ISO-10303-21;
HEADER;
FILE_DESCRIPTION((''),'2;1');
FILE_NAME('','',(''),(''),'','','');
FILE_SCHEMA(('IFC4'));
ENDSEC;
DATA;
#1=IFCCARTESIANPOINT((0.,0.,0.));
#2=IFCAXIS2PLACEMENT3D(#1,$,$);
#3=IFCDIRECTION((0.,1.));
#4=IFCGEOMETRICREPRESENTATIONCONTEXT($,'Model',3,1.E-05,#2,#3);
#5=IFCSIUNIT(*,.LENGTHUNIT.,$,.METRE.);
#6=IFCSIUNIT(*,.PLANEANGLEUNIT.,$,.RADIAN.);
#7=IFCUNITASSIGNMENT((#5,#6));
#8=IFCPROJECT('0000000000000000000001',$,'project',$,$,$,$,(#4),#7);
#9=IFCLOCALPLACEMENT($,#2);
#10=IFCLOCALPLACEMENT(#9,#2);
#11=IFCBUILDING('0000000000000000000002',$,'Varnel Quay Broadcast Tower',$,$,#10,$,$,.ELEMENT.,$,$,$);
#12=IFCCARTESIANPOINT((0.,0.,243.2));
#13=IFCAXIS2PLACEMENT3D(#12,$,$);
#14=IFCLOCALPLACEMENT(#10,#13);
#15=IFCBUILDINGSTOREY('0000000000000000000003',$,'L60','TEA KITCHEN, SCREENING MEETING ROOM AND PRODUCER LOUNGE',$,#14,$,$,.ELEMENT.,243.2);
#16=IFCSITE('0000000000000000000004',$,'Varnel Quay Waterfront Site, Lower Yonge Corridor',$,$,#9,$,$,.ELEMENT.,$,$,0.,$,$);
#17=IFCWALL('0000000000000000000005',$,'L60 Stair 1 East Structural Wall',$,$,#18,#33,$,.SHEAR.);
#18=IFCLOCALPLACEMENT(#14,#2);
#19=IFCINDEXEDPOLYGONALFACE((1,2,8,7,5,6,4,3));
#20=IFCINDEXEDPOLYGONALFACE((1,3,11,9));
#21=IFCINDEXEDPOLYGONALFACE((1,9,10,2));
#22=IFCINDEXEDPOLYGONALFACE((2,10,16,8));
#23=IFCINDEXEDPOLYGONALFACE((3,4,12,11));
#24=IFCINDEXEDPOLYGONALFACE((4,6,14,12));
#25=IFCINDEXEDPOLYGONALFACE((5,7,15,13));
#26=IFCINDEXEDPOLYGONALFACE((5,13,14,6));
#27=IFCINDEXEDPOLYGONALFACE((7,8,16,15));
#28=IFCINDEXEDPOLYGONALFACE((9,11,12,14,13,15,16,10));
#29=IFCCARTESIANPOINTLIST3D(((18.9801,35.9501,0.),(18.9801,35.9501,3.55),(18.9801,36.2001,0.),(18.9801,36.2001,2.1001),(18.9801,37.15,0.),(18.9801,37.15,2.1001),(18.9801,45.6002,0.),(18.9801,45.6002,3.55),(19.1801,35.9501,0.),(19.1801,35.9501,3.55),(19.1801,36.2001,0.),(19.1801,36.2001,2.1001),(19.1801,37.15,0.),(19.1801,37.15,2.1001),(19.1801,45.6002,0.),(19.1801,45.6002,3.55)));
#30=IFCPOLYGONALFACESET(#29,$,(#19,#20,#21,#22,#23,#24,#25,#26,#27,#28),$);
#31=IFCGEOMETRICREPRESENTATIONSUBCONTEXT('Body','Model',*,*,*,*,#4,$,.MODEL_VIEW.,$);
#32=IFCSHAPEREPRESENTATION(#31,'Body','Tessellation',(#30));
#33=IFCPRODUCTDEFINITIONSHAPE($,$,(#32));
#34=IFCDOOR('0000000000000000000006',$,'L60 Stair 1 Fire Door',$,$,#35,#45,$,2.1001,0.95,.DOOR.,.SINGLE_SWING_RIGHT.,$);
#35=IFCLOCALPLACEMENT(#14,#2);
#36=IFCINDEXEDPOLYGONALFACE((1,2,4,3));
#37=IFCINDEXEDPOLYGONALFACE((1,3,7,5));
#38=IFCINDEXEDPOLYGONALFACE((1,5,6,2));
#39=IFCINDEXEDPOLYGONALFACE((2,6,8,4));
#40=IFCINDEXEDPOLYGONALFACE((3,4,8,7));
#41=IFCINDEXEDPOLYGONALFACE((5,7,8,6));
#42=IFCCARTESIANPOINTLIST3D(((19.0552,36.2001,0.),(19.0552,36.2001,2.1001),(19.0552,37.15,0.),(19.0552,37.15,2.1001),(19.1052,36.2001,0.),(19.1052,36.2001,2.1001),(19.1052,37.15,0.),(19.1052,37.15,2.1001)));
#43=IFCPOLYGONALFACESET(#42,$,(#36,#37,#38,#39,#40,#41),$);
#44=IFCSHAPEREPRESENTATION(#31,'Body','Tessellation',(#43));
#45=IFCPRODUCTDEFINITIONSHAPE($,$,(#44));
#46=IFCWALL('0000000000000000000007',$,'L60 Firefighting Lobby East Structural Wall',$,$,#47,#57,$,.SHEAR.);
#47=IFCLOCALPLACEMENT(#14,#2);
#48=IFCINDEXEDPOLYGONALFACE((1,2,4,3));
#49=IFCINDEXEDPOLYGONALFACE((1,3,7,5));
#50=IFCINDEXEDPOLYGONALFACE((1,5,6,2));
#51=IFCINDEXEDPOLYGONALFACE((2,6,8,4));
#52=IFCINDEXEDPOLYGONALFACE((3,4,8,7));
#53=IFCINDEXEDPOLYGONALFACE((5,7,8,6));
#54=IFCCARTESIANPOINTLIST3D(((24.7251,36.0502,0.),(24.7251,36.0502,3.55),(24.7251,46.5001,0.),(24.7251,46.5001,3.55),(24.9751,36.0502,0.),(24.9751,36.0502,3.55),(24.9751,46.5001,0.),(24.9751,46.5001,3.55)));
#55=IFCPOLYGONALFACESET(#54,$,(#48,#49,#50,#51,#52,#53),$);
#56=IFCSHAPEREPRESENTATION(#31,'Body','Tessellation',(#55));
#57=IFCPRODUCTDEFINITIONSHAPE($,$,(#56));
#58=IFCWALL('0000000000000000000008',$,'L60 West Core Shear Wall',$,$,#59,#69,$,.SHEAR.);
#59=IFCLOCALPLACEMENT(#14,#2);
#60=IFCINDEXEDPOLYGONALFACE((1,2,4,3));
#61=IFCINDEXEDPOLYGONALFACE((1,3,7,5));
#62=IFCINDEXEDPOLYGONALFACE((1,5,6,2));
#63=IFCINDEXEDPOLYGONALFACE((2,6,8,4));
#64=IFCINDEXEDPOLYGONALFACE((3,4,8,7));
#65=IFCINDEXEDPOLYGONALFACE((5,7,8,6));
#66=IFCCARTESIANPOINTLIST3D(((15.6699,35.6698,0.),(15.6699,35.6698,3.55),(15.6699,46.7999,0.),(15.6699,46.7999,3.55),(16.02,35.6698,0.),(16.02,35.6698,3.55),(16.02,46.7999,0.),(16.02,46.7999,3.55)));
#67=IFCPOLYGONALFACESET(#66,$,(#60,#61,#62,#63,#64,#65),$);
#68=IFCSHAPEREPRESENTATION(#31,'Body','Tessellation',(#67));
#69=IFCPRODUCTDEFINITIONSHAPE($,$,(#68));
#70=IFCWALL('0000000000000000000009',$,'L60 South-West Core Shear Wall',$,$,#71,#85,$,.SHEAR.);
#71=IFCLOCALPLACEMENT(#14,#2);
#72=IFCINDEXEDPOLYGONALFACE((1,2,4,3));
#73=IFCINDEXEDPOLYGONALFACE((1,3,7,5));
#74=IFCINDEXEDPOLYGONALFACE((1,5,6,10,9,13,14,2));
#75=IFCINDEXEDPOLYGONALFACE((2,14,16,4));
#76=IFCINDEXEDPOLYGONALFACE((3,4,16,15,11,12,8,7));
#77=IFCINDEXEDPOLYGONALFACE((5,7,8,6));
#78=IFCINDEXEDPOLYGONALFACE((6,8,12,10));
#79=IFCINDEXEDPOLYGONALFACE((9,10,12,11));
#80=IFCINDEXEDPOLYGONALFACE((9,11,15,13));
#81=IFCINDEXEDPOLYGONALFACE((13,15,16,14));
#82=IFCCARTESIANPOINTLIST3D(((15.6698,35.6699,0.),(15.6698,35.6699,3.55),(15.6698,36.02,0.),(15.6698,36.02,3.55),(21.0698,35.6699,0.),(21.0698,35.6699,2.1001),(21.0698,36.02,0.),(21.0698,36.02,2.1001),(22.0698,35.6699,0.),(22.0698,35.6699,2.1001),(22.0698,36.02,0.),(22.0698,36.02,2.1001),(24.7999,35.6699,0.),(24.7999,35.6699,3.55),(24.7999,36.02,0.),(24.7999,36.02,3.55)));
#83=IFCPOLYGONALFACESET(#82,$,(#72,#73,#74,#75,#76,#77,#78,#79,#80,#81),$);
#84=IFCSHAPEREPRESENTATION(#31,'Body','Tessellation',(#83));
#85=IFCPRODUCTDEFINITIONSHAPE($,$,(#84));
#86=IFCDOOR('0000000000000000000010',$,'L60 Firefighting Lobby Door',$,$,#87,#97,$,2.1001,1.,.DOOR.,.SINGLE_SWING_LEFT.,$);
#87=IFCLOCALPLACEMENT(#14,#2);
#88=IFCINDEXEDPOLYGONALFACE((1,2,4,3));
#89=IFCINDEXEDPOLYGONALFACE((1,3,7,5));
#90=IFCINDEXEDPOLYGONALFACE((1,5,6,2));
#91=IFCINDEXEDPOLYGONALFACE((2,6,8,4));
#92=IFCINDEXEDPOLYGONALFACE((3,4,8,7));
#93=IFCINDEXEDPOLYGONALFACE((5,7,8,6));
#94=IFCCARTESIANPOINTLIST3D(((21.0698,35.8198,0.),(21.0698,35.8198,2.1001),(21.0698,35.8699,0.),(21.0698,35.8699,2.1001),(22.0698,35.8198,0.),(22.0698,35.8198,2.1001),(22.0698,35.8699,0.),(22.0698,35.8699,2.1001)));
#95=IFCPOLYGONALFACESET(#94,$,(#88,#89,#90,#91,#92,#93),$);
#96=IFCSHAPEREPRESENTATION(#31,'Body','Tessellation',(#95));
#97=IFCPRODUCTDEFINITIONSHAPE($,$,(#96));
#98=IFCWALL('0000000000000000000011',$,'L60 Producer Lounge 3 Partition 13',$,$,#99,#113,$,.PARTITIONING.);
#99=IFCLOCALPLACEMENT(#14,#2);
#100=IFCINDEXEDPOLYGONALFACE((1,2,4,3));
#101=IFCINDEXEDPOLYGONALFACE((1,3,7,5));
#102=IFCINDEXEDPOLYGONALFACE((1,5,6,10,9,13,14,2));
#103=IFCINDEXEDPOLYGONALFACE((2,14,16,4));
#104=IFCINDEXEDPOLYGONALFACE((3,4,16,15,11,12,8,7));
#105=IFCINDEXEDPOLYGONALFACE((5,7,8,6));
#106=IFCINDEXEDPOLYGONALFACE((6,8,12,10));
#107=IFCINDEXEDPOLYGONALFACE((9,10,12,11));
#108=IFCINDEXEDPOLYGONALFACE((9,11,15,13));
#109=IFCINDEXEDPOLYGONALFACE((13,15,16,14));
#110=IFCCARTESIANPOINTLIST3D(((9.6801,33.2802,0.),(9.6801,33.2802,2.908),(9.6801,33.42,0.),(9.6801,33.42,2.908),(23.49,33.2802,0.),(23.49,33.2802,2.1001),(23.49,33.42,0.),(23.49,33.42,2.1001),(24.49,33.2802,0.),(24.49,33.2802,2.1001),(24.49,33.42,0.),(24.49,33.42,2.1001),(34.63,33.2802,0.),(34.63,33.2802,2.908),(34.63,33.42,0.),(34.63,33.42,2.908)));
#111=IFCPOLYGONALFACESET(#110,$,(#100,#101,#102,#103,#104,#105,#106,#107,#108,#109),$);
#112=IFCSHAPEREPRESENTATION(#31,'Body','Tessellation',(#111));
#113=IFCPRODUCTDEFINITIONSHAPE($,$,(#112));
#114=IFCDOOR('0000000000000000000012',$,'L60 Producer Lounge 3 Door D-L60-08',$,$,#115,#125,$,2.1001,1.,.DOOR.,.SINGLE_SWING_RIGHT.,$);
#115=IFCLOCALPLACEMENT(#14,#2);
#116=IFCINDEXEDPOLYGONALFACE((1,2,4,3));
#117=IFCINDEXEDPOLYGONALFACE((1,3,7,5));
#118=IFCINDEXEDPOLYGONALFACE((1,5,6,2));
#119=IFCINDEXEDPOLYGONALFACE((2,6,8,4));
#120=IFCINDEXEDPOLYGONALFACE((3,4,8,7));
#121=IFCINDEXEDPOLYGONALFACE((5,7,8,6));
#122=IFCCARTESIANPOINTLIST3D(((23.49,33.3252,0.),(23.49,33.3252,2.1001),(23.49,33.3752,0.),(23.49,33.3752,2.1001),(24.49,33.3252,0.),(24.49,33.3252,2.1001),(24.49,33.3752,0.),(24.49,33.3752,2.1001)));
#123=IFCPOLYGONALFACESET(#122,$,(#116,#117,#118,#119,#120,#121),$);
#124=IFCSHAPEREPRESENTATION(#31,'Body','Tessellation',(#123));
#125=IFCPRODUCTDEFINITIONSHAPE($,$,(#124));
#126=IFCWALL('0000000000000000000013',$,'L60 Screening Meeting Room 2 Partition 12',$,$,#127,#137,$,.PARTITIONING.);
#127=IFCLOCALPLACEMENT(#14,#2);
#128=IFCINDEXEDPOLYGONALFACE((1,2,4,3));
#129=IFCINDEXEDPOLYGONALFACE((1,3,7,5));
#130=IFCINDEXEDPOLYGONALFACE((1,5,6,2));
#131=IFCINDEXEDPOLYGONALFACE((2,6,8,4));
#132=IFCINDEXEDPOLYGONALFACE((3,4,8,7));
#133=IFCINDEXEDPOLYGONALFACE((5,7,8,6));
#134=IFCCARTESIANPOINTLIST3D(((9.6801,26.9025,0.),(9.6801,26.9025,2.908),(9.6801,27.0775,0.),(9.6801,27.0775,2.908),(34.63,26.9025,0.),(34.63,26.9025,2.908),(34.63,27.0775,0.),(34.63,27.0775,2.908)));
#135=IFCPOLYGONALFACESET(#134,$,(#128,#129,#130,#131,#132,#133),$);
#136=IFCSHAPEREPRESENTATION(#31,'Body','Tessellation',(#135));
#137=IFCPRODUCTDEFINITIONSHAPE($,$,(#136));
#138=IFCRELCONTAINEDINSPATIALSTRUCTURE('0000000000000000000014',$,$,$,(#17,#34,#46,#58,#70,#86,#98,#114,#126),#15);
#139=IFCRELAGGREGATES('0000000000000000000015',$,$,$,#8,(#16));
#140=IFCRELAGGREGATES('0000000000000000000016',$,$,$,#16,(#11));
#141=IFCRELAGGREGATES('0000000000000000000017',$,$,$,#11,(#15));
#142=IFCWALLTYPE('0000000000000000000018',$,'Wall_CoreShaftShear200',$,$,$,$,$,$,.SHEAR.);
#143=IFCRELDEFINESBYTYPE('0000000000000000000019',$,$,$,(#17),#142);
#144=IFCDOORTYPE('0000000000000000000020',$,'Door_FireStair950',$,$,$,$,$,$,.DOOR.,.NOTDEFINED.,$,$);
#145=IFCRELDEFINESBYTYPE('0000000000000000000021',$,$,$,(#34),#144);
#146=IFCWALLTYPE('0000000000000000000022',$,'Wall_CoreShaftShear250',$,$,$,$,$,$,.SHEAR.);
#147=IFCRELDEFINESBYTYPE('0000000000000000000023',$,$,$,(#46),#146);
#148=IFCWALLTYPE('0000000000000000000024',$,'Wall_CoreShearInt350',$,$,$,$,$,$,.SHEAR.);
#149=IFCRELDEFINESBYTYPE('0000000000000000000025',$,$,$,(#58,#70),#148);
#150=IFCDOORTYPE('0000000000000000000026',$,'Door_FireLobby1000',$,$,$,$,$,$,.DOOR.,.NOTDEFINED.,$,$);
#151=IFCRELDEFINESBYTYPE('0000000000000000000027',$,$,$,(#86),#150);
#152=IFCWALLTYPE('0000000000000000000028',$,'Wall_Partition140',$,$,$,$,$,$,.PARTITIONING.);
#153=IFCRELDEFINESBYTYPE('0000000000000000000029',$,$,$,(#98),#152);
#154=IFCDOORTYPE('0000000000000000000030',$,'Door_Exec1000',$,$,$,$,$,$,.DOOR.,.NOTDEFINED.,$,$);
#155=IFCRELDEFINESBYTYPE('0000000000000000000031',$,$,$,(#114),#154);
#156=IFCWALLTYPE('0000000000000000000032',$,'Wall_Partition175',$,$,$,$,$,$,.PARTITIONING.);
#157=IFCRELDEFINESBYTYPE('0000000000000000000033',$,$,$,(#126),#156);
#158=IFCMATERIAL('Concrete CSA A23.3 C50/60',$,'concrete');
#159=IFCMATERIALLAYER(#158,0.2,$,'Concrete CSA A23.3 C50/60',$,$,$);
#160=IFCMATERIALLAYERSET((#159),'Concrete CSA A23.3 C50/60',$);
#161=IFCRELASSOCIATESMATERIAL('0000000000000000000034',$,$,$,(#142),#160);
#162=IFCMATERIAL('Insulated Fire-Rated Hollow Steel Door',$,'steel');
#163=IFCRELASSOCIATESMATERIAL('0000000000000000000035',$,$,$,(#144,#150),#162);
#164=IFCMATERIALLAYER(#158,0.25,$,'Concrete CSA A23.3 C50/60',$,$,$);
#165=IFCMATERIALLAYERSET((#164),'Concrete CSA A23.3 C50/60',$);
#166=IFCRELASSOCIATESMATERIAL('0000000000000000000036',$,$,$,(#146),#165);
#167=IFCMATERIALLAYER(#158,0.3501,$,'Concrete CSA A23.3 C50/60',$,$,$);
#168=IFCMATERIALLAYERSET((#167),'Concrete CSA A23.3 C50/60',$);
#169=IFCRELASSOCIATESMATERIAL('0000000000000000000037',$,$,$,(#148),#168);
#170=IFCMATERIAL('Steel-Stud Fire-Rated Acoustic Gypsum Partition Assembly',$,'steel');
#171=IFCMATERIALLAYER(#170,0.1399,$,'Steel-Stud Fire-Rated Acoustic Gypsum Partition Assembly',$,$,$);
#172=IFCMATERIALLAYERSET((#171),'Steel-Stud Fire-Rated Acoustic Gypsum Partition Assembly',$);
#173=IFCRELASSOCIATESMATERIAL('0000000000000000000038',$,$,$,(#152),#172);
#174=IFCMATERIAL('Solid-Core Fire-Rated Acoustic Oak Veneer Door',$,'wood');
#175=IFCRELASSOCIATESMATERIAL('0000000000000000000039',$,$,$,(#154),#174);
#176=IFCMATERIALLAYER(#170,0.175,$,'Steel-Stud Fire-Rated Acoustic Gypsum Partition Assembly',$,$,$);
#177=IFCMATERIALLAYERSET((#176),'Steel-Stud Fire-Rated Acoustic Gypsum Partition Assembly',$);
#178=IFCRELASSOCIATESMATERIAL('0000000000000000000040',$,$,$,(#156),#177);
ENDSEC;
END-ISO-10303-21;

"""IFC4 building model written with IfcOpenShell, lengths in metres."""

from ifc_helpers import new_model, si_unit, direction, frame, frame_2d, origin, place, context, subcontext, project, spatial, rectangle, extrude, source, transform, mapped, material, layer, layer_set, type_object, type_shapes, element, fill, save


model = new_model("IFC4")

# Units and contexts
model_context = context("Model", 3, precision=1e-05, world=origin(), true_north=direction((0.0, 1.0)))
body_context = subcontext(model_context, "Body", "Model", "MODEL_VIEW")
ifc_project = project(units=[si_unit("LENGTHUNIT", "METRE"), si_unit("PLANEANGLEUNIT", "RADIAN")], contexts=[model_context])

# Site, building, storey
site_placement = place(None, origin())
site = spatial("IfcSite", under=ifc_project, at=site_placement, Name="Varnel Quay Waterfront Site, Lower Yonge Corridor", CompositionType="ELEMENT", RefElevation=0.0)
building_placement = place(site_placement, origin())
building = spatial("IfcBuilding", under=site, at=building_placement, Name="Varnel Quay Broadcast Tower", CompositionType="ELEMENT")
storey_placement = place(building_placement, frame((0.0, 0.0, 243.2)))
storey = spatial("IfcBuildingStorey", under=building, at=storey_placement, Name="L60", Description="TEA KITCHEN, SCREENING MEETING ROOM AND PRODUCER LOUNGE", CompositionType="ELEMENT", Elevation=243.2)

# Shared definitions
ifc_material_1 = material(Name="Concrete CSA A23.3 C50/60", Category="concrete")

# Wall, opening, door
ifc_layer_1 = layer(ifc_material_1, 0.2, Name="Concrete CSA A23.3 C50/60")
ifc_layer_set_1 = layer_set([ifc_layer_1], Name="Concrete CSA A23.3 C50/60")
wall_type_1 = type_object("IfcWallType", Name="Wall_CoreShaftShear200", PredefinedType="SHEAR", material=ifc_layer_set_1)
wall_1_placement = place(storey_placement, frame((19.0801, 35.95, 0.0), z_axis=(0.0, 0.0, 1.0), x_axis=(0.0, 1.0, 0.0)))
wall_1 = element("IfcWall", 1, at=wall_1_placement, inside=storey, type_object=wall_type_1, Name="L60 Stair 1 East Structural Wall", PredefinedType="SHEAR", context=body_context, shape_type="SweptSolid", body=[
    extrude(rectangle(XDim=9.6501, YDim=0.2, at=frame_2d((4.8252, 0.0))), origin(), (0.0, 0.0, 1.0), 3.55),
])
opening_1_placement = place(wall_1_placement, frame((0.25, 0.0, 0.0)))
opening_1 = element("IfcOpeningElement", 2, at=opening_1_placement, cuts=wall_1, PredefinedType="OPENING", context=body_context, shape_type="SweptSolid", body=[
    extrude(rectangle(XDim=0.95, YDim=2.1001, at=frame_2d((0.4751, 1.05))), frame((0.0, 0.1099, 0.0), z_axis=(0.0, -1.0, 0.0), x_axis=(1.0, 0.0, 0.0)), (0.0, 0.0, 1.0), 0.22),
])
ifc_material_2 = material(Name="Insulated Fire-Rated Hollow Steel Door", Category="steel")
door_type_1 = type_object("IfcDoorType", Name="Door_FireStair950", OperationType="NOTDEFINED", PredefinedType="DOOR", material=ifc_material_2)
shared_shape_1 = source(origin(), body_context, "Body", "SweptSolid", [
    extrude(rectangle(XDim=0.95, YDim=2.1001, at=frame_2d((0.4751, 1.05))), frame((0.0, 0.0249, 0.0), z_axis=(0.0, -1.0, 0.0), x_axis=(1.0, 0.0, 0.0)), (0.0, 0.0, 1.0), 0.05),
])
type_shapes(door_type_1, [shared_shape_1])
door_1_placement = place(opening_1_placement, origin())
door_1 = element("IfcDoor", 3, at=door_1_placement, inside=storey, type_object=door_type_1, Name="L60 Stair 1 Fire Door", OperationType="SINGLE_SWING_RIGHT", OverallHeight=2.1001, OverallWidth=0.95, PredefinedType="DOOR", context=body_context, shape_type="MappedRepresentation", body=[
    mapped(shared_shape_1, transform((0.0, 0.0, 0.0), x_axis=(1.0, 0.0, 0.0), y_axis=(0.0, 1.0, 0.0), z_axis=(0.0, 0.0, 1.0), scale=1.0)),
])
fill(opening_1, door_1)

# Walls
ifc_layer_2 = layer(ifc_material_1, 0.25, Name="Concrete CSA A23.3 C50/60")
ifc_layer_set_2 = layer_set([ifc_layer_2], Name="Concrete CSA A23.3 C50/60")
wall_type_2 = type_object("IfcWallType", Name="Wall_CoreShaftShear250", PredefinedType="SHEAR", material=ifc_layer_set_2)
wall_2_placement = place(storey_placement, frame((24.8501, 36.05, 0.0), z_axis=(0.0, 0.0, 1.0), x_axis=(0.0, 1.0, 0.0)))
element("IfcWall", 4, at=wall_2_placement, inside=storey, type_object=wall_type_2, Name="L60 Firefighting Lobby East Structural Wall", PredefinedType="SHEAR", context=body_context, shape_type="SweptSolid", body=[
    extrude(rectangle(XDim=10.45, YDim=0.25, at=frame_2d((5.2251, 0.0))), origin(), (0.0, 0.0, 1.0), 3.55),
])
ifc_layer_3 = layer(ifc_material_1, 0.3501, Name="Concrete CSA A23.3 C50/60")
ifc_layer_set_3 = layer_set([ifc_layer_3], Name="Concrete CSA A23.3 C50/60")
wall_type_3 = type_object("IfcWallType", Name="Wall_CoreShearInt350", PredefinedType="SHEAR", material=ifc_layer_set_3)
wall_3_placement = place(storey_placement, frame((15.845, 35.6699, 0.0), z_axis=(0.0, 0.0, 1.0), x_axis=(0.0, 1.0, 0.0)))
element("IfcWall", 5, at=wall_3_placement, inside=storey, type_object=wall_type_3, Name="L60 West Core Shear Wall", PredefinedType="SHEAR", context=body_context, shape_type="SweptSolid", body=[
    extrude(rectangle(XDim=11.1301, YDim=0.3501, at=frame_2d((5.5649, 0.0))), origin(), (0.0, 0.0, 1.0), 3.55),
])

# Walls, openings, doors
wall_4_placement = place(storey_placement, frame((15.6699, 35.845, 0.0), z_axis=(0.0, 0.0, 1.0), x_axis=(1.0, 0.0, 0.0)))
wall_4 = element("IfcWall", 6, at=wall_4_placement, inside=storey, type_object=wall_type_3, Name="L60 South-West Core Shear Wall", PredefinedType="SHEAR", context=body_context, shape_type="SweptSolid", body=[
    extrude(rectangle(XDim=9.1301, YDim=0.3501, at=frame_2d((4.5649, 0.0))), origin(), (0.0, 0.0, 1.0), 3.55),
])
opening_2_placement = place(wall_4_placement, frame((5.3999, 0.0, 0.0)))
opening_2 = element("IfcOpeningElement", 7, at=opening_2_placement, cuts=wall_4, PredefinedType="OPENING", context=body_context, shape_type="SweptSolid", body=[
    extrude(rectangle(XDim=1.0, YDim=2.1001, at=frame_2d((0.5, 1.05))), frame((0.0, 0.1851, 0.0), z_axis=(0.0, -1.0, 0.0), x_axis=(1.0, 0.0, 0.0)), (0.0, 0.0, 1.0), 0.3701),
])
door_type_2 = type_object("IfcDoorType", Name="Door_FireLobby1000", OperationType="NOTDEFINED", PredefinedType="DOOR", material=ifc_material_2)
shared_shape_2 = source(origin(), body_context, "Body", "SweptSolid", [
    extrude(rectangle(XDim=1.0, YDim=2.1001, at=frame_2d((0.5, 1.05))), frame((0.0, 0.0249, 0.0), z_axis=(0.0, -1.0, 0.0), x_axis=(1.0, 0.0, 0.0)), (0.0, 0.0, 1.0), 0.05),
])
type_shapes(door_type_2, [shared_shape_2])
door_2_placement = place(opening_2_placement, origin())
door_2 = element("IfcDoor", 8, at=door_2_placement, inside=storey, type_object=door_type_2, Name="L60 Firefighting Lobby Door", OperationType="SINGLE_SWING_LEFT", OverallHeight=2.1001, OverallWidth=1.0, PredefinedType="DOOR", context=body_context, shape_type="MappedRepresentation", body=[
    mapped(shared_shape_2, transform((0.0, 0.0, 0.0), x_axis=(1.0, 0.0, 0.0), y_axis=(0.0, 1.0, 0.0), z_axis=(0.0, 0.0, 1.0), scale=1.0)),
])
fill(opening_2, door_2)
ifc_material_3 = material(Name="Steel-Stud Fire-Rated Acoustic Gypsum Partition Assembly", Category="steel")
ifc_layer_4 = layer(ifc_material_3, 0.1399, Name="Steel-Stud Fire-Rated Acoustic Gypsum Partition Assembly")
ifc_layer_set_4 = layer_set([ifc_layer_4], Name="Steel-Stud Fire-Rated Acoustic Gypsum Partition Assembly")
wall_type_4 = type_object("IfcWallType", Name="Wall_Partition140", PredefinedType="PARTITIONING", material=ifc_layer_set_4)
wall_5_placement = place(storey_placement, frame((9.6799, 33.3501, 0.0), z_axis=(0.0, 0.0, 1.0), x_axis=(1.0, 0.0, 0.0)))
wall_5 = element("IfcWall", 9, at=wall_5_placement, inside=storey, type_object=wall_type_4, Name="L60 Producer Lounge 3 Partition 13", PredefinedType="PARTITIONING", context=body_context, shape_type="SweptSolid", body=[
    extrude(rectangle(XDim=24.95, YDim=0.1399, at=frame_2d((12.4751, 0.0))), origin(), (0.0, 0.0, 1.0), 2.908),
])
opening_3_placement = place(wall_5_placement, frame((13.8101, 0.0, 0.0)))
opening_3 = element("IfcOpeningElement", 10, at=opening_3_placement, cuts=wall_5, PredefinedType="OPENING", context=body_context, shape_type="SweptSolid", body=[
    extrude(rectangle(XDim=1.0, YDim=2.1001, at=frame_2d((0.5, 1.05))), frame((0.0, 0.0801, 0.0), z_axis=(0.0, -1.0, 0.0), x_axis=(1.0, 0.0, 0.0)), (0.0, 0.0, 1.0), 0.1599),
])
ifc_material_4 = material(Name="Solid-Core Fire-Rated Acoustic Oak Veneer Door", Category="wood")
door_type_3 = type_object("IfcDoorType", Name="Door_Exec1000", OperationType="NOTDEFINED", PredefinedType="DOOR", material=ifc_material_4)
shared_shape_3 = source(origin(), body_context, "Body", "SweptSolid", [
    extrude(rectangle(XDim=1.0, YDim=2.1001, at=frame_2d((0.5, 1.05))), frame((0.0, 0.0249, 0.0), z_axis=(0.0, -1.0, 0.0), x_axis=(1.0, 0.0, 0.0)), (0.0, 0.0, 1.0), 0.05),
])
type_shapes(door_type_3, [shared_shape_3])
door_3_placement = place(opening_3_placement, frame((1.0, 0.0, 0.0), z_axis=(0.0, 0.0, 1.0), x_axis=(-1.0, 0.0, 0.0)))
door_3 = element("IfcDoor", 11, at=door_3_placement, inside=storey, type_object=door_type_3, Name="L60 Producer Lounge 3 Door D-L60-08", OperationType="SINGLE_SWING_RIGHT", OverallHeight=2.1001, OverallWidth=1.0, PredefinedType="DOOR", context=body_context, shape_type="MappedRepresentation", body=[
    mapped(shared_shape_3, transform((0.0, 0.0, 0.0), x_axis=(1.0, 0.0, 0.0), y_axis=(0.0, 1.0, 0.0), z_axis=(0.0, 0.0, 1.0), scale=1.0)),
])
fill(opening_3, door_3)

# Wall
ifc_layer_5 = layer(ifc_material_3, 0.175, Name="Steel-Stud Fire-Rated Acoustic Gypsum Partition Assembly")
ifc_layer_set_5 = layer_set([ifc_layer_5], Name="Steel-Stud Fire-Rated Acoustic Gypsum Partition Assembly")
wall_type_5 = type_object("IfcWallType", Name="Wall_Partition175", PredefinedType="PARTITIONING", material=ifc_layer_set_5)
wall_6_placement = place(storey_placement, frame((9.6799, 26.99, 0.0), z_axis=(0.0, 0.0, 1.0), x_axis=(1.0, 0.0, 0.0)))
element("IfcWall", 12, at=wall_6_placement, inside=storey, type_object=wall_type_5, Name="L60 Screening Meeting Room 2 Partition 12", PredefinedType="PARTITIONING", context=body_context, shape_type="SweptSolid", body=[
    extrude(rectangle(XDim=24.95, YDim=0.175, at=frame_2d((12.4751, 0.0))), origin(), (0.0, 0.0, 1.0), 2.908),
])

save(model, "model.ifc")
